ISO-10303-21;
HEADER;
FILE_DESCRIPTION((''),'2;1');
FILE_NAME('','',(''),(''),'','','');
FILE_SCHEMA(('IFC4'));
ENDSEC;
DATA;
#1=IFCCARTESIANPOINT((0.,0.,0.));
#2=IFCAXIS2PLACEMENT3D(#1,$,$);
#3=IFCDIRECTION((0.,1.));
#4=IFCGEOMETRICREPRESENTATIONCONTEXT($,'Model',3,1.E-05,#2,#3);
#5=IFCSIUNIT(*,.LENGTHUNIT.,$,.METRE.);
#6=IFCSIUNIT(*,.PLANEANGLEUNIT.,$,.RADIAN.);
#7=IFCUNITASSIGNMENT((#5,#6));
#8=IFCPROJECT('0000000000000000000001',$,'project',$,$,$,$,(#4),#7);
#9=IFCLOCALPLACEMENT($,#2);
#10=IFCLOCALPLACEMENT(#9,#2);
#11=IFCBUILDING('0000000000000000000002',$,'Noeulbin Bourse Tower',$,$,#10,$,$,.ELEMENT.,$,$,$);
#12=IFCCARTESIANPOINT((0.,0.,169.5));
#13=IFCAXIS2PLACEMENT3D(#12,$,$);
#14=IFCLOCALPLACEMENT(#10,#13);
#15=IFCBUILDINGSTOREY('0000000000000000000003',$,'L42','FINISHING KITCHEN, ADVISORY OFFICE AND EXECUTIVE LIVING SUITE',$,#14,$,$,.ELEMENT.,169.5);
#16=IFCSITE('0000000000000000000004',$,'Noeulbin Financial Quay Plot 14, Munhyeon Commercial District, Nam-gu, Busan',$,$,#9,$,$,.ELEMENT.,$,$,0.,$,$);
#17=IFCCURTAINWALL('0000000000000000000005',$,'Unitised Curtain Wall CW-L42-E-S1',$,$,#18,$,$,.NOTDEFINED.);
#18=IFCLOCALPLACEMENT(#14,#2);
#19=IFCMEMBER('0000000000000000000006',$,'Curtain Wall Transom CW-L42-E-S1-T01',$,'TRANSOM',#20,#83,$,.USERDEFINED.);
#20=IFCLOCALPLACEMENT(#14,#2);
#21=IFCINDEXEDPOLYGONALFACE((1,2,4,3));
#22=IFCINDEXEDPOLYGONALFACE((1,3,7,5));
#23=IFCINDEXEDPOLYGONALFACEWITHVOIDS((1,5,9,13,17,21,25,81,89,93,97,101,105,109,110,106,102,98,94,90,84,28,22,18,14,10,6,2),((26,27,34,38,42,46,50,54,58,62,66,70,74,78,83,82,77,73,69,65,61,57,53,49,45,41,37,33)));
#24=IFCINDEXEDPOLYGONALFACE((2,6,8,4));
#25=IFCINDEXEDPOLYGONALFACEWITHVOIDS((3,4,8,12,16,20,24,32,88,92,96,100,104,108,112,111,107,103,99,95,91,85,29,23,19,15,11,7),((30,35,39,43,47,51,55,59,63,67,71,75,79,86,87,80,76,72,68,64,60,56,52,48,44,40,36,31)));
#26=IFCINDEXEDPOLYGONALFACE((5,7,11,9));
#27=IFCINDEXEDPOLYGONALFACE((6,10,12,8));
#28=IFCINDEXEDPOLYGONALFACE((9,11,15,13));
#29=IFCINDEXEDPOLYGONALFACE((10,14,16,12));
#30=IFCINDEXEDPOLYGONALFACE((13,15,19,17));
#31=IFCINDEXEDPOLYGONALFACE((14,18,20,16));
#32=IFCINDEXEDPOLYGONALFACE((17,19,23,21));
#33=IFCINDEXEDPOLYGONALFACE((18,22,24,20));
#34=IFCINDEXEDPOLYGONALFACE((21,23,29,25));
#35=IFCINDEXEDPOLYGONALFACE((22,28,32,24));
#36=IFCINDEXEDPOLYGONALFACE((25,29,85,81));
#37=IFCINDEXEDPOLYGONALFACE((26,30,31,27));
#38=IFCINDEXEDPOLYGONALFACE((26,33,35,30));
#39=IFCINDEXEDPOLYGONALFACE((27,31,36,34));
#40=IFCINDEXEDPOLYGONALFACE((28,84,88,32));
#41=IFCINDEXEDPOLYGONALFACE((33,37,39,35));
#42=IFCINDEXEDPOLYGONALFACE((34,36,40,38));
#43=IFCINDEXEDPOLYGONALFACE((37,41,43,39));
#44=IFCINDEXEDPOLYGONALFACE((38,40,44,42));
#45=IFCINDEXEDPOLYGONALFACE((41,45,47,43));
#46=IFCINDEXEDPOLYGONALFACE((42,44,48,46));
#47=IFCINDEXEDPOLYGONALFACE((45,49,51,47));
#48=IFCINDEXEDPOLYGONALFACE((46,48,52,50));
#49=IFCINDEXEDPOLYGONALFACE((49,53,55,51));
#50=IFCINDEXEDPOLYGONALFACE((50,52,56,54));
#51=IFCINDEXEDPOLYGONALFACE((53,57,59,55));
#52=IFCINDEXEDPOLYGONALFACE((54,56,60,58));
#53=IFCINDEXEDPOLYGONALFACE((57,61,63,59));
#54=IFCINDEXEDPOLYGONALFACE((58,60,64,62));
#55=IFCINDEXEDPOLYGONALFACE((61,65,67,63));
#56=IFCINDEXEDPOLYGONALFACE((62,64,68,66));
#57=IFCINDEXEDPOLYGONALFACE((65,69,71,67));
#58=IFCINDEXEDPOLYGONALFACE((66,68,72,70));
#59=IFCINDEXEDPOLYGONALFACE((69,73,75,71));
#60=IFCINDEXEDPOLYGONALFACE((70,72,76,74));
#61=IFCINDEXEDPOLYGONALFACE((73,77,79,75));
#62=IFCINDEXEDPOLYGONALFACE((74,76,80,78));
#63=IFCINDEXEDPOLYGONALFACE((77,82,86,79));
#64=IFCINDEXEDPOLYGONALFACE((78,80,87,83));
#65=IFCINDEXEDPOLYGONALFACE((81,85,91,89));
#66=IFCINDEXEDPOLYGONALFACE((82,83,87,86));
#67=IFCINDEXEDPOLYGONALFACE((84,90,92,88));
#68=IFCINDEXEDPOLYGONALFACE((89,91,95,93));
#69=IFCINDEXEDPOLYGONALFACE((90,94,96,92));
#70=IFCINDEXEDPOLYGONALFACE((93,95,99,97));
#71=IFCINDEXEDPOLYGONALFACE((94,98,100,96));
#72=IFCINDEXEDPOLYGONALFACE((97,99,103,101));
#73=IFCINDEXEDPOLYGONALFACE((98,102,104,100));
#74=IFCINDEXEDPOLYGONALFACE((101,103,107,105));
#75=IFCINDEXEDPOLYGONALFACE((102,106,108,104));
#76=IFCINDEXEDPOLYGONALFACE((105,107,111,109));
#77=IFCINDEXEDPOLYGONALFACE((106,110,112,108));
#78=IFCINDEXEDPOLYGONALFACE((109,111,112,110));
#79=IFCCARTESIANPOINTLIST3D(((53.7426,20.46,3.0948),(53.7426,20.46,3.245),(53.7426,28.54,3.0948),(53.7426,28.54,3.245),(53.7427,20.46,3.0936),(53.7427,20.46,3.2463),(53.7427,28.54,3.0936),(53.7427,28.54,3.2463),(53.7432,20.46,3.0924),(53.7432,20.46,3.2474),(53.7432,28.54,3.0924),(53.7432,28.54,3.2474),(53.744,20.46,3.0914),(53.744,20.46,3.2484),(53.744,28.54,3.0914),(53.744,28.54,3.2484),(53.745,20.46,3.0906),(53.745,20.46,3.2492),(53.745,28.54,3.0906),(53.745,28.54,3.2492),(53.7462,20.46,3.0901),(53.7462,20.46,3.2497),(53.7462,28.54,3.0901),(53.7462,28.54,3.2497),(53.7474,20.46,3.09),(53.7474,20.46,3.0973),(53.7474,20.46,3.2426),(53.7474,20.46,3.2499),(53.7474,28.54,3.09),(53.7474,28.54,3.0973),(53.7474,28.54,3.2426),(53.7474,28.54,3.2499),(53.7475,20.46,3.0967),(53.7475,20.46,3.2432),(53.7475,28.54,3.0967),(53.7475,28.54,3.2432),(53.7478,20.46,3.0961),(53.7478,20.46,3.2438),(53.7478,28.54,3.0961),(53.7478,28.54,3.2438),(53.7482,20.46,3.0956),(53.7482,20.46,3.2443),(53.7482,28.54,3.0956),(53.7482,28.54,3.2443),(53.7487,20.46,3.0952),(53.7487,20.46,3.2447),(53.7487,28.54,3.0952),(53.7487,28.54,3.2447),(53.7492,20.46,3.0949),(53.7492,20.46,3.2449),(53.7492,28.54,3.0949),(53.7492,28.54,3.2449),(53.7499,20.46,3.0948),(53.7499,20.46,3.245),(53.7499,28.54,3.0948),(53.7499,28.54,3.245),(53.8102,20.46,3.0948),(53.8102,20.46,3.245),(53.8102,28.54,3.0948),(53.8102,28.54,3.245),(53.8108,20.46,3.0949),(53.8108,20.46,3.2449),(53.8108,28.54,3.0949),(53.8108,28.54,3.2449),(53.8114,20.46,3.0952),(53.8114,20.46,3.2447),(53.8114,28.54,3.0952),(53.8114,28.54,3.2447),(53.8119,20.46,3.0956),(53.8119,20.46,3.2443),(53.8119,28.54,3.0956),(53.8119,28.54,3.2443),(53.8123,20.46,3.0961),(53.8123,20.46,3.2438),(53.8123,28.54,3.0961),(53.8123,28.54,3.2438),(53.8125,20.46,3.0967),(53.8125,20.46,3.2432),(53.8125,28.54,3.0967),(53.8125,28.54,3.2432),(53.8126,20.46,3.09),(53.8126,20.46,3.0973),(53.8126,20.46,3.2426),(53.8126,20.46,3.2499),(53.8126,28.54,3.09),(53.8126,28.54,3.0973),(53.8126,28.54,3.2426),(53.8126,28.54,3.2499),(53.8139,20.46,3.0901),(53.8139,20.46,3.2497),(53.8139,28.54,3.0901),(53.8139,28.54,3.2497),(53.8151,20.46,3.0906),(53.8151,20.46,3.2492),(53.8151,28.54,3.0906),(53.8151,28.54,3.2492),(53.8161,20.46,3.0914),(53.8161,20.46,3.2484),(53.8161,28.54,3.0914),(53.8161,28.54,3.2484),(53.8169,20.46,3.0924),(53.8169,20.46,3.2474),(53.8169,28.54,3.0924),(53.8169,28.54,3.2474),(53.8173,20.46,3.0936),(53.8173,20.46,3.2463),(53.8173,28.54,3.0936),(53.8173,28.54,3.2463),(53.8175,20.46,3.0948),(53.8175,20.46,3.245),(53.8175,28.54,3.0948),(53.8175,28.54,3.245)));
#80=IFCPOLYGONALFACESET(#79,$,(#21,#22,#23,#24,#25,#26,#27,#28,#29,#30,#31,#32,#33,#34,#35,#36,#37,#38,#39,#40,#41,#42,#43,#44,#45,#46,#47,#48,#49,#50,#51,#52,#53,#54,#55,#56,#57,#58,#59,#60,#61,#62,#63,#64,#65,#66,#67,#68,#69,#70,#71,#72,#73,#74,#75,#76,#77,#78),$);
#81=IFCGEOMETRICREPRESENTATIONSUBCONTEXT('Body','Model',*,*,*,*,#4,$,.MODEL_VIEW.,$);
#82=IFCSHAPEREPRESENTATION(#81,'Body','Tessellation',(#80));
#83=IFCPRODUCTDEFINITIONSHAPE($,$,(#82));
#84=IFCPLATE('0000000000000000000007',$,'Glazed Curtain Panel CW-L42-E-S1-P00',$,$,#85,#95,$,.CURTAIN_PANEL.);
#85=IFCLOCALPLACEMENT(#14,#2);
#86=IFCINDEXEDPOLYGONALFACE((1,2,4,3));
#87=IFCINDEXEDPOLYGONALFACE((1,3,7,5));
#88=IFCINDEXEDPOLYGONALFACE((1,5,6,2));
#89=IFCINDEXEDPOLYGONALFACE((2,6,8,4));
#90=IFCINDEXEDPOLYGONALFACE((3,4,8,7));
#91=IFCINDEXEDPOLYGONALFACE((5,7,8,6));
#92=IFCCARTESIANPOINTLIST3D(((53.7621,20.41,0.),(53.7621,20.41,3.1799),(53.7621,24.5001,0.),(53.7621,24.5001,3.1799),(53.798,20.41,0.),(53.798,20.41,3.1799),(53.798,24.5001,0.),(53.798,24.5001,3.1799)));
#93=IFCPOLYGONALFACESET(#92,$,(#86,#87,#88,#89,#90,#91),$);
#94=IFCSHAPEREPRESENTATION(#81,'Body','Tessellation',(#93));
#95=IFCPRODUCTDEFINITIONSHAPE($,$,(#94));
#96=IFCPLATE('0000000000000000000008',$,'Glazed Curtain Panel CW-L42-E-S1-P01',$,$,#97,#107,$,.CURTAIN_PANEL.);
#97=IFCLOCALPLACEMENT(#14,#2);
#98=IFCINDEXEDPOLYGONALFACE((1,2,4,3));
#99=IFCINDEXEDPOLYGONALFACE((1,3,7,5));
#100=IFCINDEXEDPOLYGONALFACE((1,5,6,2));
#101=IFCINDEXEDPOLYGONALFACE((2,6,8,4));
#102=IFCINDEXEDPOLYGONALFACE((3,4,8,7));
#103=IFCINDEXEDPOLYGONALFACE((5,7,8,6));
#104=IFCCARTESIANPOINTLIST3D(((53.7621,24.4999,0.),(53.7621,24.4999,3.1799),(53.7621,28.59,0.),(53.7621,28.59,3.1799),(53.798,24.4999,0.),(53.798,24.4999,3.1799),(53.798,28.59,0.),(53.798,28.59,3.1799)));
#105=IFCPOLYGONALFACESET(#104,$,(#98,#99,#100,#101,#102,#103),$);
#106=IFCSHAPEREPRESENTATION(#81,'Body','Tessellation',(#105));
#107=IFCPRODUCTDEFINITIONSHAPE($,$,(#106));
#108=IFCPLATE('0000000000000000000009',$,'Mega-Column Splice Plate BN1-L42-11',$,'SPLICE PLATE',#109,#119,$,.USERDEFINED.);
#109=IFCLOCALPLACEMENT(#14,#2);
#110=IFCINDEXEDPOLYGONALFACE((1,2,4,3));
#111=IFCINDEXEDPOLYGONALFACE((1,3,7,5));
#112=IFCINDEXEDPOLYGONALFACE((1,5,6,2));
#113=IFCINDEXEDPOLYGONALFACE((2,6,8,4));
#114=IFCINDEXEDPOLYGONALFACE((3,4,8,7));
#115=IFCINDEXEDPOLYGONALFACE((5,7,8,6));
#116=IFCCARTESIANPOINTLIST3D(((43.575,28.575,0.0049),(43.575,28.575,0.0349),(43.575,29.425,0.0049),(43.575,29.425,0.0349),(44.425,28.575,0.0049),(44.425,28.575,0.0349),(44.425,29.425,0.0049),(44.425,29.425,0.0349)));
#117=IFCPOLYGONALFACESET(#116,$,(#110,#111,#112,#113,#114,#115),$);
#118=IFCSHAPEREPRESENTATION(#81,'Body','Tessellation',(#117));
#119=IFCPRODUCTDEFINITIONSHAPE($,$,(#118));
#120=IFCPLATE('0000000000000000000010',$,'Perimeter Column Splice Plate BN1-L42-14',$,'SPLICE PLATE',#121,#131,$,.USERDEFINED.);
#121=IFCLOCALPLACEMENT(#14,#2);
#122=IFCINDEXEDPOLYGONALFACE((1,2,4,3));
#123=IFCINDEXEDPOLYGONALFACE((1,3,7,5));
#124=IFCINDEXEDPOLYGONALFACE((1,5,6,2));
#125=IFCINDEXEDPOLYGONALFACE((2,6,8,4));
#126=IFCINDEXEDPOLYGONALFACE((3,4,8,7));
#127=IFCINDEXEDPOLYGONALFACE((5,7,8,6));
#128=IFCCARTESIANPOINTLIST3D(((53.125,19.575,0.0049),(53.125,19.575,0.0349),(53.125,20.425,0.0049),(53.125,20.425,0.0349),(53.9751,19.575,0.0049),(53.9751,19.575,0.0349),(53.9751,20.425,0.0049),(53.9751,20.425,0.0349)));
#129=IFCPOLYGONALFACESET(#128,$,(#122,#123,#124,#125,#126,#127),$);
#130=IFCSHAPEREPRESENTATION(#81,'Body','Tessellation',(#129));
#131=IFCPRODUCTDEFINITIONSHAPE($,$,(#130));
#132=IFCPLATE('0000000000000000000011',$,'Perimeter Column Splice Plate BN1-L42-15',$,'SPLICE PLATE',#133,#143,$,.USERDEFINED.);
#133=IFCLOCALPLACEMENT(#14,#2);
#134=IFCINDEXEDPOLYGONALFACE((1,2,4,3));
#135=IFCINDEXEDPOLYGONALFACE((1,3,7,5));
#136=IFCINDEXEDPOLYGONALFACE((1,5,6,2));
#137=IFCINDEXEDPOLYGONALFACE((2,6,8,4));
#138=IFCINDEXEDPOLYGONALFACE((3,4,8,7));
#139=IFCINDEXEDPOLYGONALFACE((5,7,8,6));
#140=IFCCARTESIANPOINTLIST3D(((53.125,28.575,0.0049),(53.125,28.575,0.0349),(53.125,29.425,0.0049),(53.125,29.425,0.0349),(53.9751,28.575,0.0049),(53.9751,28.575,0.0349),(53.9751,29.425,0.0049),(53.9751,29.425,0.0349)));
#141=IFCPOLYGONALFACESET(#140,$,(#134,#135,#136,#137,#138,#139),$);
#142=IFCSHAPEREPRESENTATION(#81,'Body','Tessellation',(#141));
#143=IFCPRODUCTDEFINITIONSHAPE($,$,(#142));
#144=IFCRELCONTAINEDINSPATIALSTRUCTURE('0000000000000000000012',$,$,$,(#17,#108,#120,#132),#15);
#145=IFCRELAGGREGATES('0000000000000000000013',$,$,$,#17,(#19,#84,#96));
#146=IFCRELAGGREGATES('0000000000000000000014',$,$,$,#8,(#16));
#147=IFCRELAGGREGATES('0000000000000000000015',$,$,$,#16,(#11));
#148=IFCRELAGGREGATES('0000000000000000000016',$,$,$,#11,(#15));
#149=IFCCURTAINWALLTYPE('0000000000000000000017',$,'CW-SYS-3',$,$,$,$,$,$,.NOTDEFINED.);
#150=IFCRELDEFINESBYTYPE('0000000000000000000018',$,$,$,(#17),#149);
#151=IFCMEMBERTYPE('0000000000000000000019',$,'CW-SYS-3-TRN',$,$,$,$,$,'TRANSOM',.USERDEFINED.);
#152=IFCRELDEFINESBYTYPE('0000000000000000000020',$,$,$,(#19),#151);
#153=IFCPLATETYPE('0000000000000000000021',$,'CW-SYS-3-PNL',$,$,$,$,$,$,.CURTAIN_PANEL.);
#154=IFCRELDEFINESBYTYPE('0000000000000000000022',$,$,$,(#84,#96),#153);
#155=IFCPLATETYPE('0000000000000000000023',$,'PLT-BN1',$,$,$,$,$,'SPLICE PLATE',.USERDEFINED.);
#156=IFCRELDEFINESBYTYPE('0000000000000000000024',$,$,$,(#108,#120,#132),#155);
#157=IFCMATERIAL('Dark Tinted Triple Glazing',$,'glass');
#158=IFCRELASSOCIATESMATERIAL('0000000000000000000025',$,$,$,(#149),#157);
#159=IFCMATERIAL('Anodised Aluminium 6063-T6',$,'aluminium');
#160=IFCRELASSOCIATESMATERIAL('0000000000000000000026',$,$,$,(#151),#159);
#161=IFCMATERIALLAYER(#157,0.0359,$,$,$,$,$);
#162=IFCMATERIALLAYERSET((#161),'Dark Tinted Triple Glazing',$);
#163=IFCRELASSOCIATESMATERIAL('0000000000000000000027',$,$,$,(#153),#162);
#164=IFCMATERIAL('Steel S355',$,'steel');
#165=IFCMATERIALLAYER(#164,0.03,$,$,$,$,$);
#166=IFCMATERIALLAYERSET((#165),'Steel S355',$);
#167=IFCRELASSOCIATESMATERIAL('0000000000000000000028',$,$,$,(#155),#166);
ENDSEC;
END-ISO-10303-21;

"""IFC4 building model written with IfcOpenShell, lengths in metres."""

from ifc_helpers import new_model, si_unit, direction, frame, origin, origin_2d, place, context, subcontext, project, spatial, rectangle, hollow_rectangle, extrude, material, layer, layer_set, material_profile, profile_set, type_object, element, aggregate, save


model = new_model("IFC4")

# Units and contexts
model_context = context("Model", 3, precision=1e-05, world=origin(), true_north=direction((0.0, 1.0)))
body_context = subcontext(model_context, "Body", "Model", "MODEL_VIEW")
ifc_project = project(units=[si_unit("LENGTHUNIT", "METRE"), si_unit("PLANEANGLEUNIT", "RADIAN")], contexts=[model_context])

# Site, building, storey
site_placement = place(None, origin())
site = spatial("IfcSite", under=ifc_project, at=site_placement, Name="Noeulbin Financial Quay Plot 14, Munhyeon Commercial District, Nam-gu, Busan", CompositionType="ELEMENT", RefElevation=0.0)
building_placement = place(site_placement, origin())
building = spatial("IfcBuilding", under=site, at=building_placement, Name="Noeulbin Bourse Tower", CompositionType="ELEMENT")
storey_placement = place(building_placement, frame((0.0, 0.0, 169.5)))
storey = spatial("IfcBuildingStorey", under=building, at=storey_placement, Name="L42", Description="FINISHING KITCHEN, ADVISORY OFFICE AND EXECUTIVE LIVING SUITE", CompositionType="ELEMENT", Elevation=169.5)

# Shared definitions
ifc_material_1 = material(Name="Steel S355", Category="steel")

# Curtain wall, member, plates
ifc_material_2 = material(Name="Dark Tinted Triple Glazing", Category="glass")
curtain_wall_type = type_object("IfcCurtainWallType", Name="CW-SYS-3", PredefinedType="NOTDEFINED", material=ifc_material_2)
curtain_wall_placement = place(storey_placement, origin())
curtain_wall = element("IfcCurtainWall", 1, at=curtain_wall_placement, inside=storey, type_object=curtain_wall_type, Name="Unitised Curtain Wall CW-L42-E-S1", PredefinedType="NOTDEFINED")
ifc_material_3 = material(Name="Anodised Aluminium 6063-T6", Category="aluminium")
ifc_material_profile_1 = material_profile(ifc_material_3, hollow_rectangle(XDim=0.075, YDim=0.1599, WallThickness=0.0049, InnerFilletRadius=0.0024, OuterFilletRadius=0.0049, at=origin_2d()), Name="ALU-TRAN-75x160x5", Category="LoadBearing")
ifc_profile_set_1 = profile_set([ifc_material_profile_1], Name="Anodised Aluminium 6063-T6")
member_type_1 = type_object("IfcMemberType", Name="CW-SYS-3-TRN", ElementType="TRANSOM", PredefinedType="USERDEFINED", material=ifc_profile_set_1)
member_1_placement = place(storey_placement, frame((53.78, 20.46, 3.1699), z_axis=(0.0, 1.0, 0.0), x_axis=(-1.0, 0.0, 0.0)))
member_1 = element("IfcMember", 2, at=member_1_placement, type_object=member_type_1, Name="Curtain Wall Transom CW-L42-E-S1-T01", ObjectType="TRANSOM", PredefinedType="USERDEFINED", context=body_context, shape_type="SweptSolid", body=[
    extrude(hollow_rectangle(XDim=0.075, YDim=0.1599, WallThickness=0.0049, InnerFilletRadius=0.0024, OuterFilletRadius=0.0049, at=origin_2d()), origin(), (0.0, 0.0, 1.0), 8.0801),
])
ifc_layer_1 = layer(ifc_material_2, 0.0359)
ifc_layer_set_1 = layer_set([ifc_layer_1], Name="Dark Tinted Triple Glazing")
plate_type_1 = type_object("IfcPlateType", Name="CW-SYS-3-PNL", PredefinedType="CURTAIN_PANEL", material=ifc_layer_set_1)
plate_1_placement = place(storey_placement, frame((53.78, 22.4551, 0.0), z_axis=(0.0, 0.0, 1.0), x_axis=(0.0, 1.0, 0.0)))
plate_1 = element("IfcPlate", 3, at=plate_1_placement, type_object=plate_type_1, Name="Glazed Curtain Panel CW-L42-E-S1-P00", PredefinedType="CURTAIN_PANEL", context=body_context, shape_type="SweptSolid", body=[
    extrude(rectangle(XDim=4.0901, YDim=0.0359, at=origin_2d()), origin(), (0.0, 0.0, 1.0), 3.1799),
])
plate_2_placement = place(storey_placement, frame((53.78, 26.5449, 0.0), z_axis=(0.0, 0.0, 1.0), x_axis=(0.0, 1.0, 0.0)))
plate_2 = element("IfcPlate", 4, at=plate_2_placement, type_object=plate_type_1, Name="Glazed Curtain Panel CW-L42-E-S1-P01", PredefinedType="CURTAIN_PANEL", context=body_context, shape_type="SweptSolid", body=[
    extrude(rectangle(XDim=4.0901, YDim=0.0359, at=origin_2d()), origin(), (0.0, 0.0, 1.0), 3.1799),
])
aggregate(curtain_wall, [member_1, plate_1, plate_2])

# Plates
ifc_layer_2 = layer(ifc_material_1, 0.03)
ifc_layer_set_2 = layer_set([ifc_layer_2], Name="Steel S355")
plate_type_2 = type_object("IfcPlateType", Name="PLT-BN1", ElementType="SPLICE PLATE", PredefinedType="USERDEFINED", material=ifc_layer_set_2)
for number, where, z_axis, x_axis, name in (
    (5, (44.0, 29.0, 0.0049), (0.0, 0.0, 1.0), (1.0, 0.0, 0.0), "Mega-Column Splice Plate BN1-L42-11"),
    (6, (53.55, 20.0, 0.0049), (0.0, 0.0, 1.0), (1.0, 0.0, 0.0), "Perimeter Column Splice Plate BN1-L42-14"),
    (7, (53.55, 29.0, 0.0049), (0.0, 0.0, 1.0), (1.0, 0.0, 0.0), "Perimeter Column Splice Plate BN1-L42-15"),
):
    element("IfcPlate", number, at=place(storey_placement, frame(where, z_axis=z_axis, x_axis=x_axis)), inside=storey, type_object=plate_type_2, Name=name, ObjectType="SPLICE PLATE", PredefinedType="USERDEFINED", context=body_context, shape_type="SweptSolid", body=[
        extrude(rectangle(XDim=0.8501, YDim=0.8501, at=origin_2d()), origin(), (0.0, 0.0, 1.0), 0.03),
    ])

save(model, "model.ifc")
